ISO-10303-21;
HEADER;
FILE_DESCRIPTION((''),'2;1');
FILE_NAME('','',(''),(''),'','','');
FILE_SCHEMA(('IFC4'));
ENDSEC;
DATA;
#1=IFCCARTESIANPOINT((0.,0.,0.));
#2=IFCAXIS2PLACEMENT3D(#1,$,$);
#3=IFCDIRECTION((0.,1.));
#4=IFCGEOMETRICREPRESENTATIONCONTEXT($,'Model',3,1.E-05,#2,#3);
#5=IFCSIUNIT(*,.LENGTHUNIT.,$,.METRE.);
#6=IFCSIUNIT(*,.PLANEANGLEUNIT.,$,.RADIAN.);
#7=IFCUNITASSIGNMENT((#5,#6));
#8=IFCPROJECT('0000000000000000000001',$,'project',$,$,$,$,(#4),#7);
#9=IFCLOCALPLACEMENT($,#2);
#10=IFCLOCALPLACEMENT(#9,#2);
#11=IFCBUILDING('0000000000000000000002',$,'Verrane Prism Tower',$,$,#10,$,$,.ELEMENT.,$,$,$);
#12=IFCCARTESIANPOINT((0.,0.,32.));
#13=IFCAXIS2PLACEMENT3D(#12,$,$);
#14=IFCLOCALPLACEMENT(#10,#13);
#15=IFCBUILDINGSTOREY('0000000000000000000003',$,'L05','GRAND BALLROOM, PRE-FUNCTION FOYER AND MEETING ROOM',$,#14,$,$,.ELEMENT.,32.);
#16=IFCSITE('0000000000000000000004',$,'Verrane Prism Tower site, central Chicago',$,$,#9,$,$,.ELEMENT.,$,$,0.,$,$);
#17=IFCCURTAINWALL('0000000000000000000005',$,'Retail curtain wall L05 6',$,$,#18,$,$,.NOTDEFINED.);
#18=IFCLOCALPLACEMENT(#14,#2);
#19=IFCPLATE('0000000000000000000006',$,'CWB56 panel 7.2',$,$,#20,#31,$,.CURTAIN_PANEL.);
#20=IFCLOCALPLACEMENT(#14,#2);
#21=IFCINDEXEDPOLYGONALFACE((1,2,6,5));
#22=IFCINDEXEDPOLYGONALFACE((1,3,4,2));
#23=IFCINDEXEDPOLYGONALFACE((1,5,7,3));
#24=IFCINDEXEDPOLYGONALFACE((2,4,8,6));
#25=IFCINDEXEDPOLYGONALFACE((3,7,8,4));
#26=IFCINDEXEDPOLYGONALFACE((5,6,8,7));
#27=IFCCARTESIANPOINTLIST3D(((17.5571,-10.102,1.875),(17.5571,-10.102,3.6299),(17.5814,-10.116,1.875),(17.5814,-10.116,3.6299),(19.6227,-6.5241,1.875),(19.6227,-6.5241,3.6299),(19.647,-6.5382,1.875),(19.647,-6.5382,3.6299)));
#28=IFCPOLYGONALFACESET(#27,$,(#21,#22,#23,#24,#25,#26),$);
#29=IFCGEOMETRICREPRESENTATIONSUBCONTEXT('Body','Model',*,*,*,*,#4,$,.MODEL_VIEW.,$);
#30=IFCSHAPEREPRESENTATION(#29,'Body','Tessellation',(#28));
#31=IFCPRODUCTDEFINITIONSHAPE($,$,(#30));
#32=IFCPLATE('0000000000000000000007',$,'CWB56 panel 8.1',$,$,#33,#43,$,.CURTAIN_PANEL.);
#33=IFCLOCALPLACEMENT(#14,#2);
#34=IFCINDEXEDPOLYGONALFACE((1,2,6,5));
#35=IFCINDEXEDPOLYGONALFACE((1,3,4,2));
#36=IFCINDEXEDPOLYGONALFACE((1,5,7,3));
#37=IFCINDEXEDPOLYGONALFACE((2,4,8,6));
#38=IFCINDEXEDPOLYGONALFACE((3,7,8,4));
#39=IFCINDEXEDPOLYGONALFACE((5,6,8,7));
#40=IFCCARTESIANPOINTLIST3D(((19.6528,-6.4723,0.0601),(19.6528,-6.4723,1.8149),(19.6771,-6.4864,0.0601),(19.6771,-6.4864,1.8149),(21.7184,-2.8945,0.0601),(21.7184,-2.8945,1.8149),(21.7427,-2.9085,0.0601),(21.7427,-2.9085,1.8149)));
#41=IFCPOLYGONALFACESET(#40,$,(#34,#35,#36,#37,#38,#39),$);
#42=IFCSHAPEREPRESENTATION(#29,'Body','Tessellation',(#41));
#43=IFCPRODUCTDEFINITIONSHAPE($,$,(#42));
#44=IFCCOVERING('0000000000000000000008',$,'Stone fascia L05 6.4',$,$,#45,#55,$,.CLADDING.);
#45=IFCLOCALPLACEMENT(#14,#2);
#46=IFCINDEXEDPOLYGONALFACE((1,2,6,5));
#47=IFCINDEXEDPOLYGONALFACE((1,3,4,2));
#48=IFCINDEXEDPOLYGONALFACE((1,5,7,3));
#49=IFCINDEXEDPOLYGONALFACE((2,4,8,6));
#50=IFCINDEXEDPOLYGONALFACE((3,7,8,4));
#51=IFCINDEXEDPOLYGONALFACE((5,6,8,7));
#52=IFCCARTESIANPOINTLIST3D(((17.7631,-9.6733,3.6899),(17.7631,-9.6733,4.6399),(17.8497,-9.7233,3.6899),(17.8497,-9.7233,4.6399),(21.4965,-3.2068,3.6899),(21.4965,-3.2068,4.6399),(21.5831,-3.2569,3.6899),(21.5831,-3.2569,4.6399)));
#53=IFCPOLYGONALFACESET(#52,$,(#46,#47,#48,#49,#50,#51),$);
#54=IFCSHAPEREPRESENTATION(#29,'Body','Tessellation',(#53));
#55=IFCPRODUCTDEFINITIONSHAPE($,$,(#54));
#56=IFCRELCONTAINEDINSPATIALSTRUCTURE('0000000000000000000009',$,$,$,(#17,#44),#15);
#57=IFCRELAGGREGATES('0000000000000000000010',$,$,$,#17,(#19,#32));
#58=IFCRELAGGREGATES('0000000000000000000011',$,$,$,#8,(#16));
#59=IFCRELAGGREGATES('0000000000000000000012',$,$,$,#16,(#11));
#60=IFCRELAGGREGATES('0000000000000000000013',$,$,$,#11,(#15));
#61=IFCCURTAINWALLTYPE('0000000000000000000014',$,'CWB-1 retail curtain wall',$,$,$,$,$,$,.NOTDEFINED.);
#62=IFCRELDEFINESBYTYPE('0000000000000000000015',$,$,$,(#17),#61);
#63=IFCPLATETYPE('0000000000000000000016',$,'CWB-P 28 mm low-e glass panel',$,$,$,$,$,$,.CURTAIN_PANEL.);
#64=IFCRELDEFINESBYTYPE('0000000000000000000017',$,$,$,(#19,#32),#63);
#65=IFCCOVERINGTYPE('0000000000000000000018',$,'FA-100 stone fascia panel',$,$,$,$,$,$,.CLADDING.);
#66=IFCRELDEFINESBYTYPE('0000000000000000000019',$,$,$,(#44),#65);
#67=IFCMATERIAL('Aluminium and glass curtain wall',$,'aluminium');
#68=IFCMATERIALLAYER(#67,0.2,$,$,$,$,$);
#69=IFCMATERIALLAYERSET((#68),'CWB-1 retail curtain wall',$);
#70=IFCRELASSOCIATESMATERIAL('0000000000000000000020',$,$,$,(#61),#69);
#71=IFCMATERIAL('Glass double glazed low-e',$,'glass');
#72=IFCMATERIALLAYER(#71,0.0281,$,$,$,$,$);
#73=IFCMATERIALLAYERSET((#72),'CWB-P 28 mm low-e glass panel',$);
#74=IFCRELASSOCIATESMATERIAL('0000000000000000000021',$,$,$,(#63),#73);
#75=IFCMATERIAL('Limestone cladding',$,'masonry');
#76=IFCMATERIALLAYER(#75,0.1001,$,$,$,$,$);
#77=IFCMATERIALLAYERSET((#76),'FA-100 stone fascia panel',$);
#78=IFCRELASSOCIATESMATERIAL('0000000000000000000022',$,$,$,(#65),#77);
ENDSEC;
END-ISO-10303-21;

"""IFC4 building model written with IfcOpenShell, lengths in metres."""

from ifc_helpers import new_model, si_unit, direction, frame, origin, origin_2d, place, context, subcontext, project, spatial, rectangle, extrude, material, layer, layer_set, type_object, element, aggregate, save


model = new_model("IFC4")

# Units and contexts
model_context = context("Model", 3, precision=1e-05, world=origin(), true_north=direction((0.0, 1.0)))
body_context = subcontext(model_context, "Body", "Model", "MODEL_VIEW")
ifc_project = project(units=[si_unit("LENGTHUNIT", "METRE"), si_unit("PLANEANGLEUNIT", "RADIAN")], contexts=[model_context])

# Site, building, storey
site_placement = place(None, origin())
site = spatial("IfcSite", under=ifc_project, at=site_placement, Name="Verrane Prism Tower site, central Chicago", CompositionType="ELEMENT", RefElevation=0.0)
building_placement = place(site_placement, origin())
building = spatial("IfcBuilding", under=site, at=building_placement, Name="Verrane Prism Tower", CompositionType="ELEMENT")
storey_placement = place(building_placement, frame((0.0, 0.0, 32.0)))
storey = spatial("IfcBuildingStorey", under=building, at=storey_placement, Name="L05", Description="GRAND BALLROOM, PRE-FUNCTION FOYER AND MEETING ROOM", CompositionType="ELEMENT", Elevation=32.0)

# Curtain wall
ifc_material_1 = material(Name="Aluminium and glass curtain wall", Category="aluminium")
ifc_layer_1 = layer(ifc_material_1, 0.2)
ifc_layer_set_1 = layer_set([ifc_layer_1], Name="CWB-1 retail curtain wall")
curtain_wall_type = type_object("IfcCurtainWallType", Name="CWB-1 retail curtain wall", PredefinedType="NOTDEFINED", material=ifc_layer_set_1)
curtain_wall_placement = place(storey_placement, origin())
curtain_wall = element("IfcCurtainWall", 1, at=curtain_wall_placement, inside=storey, type_object=curtain_wall_type, Name="Retail curtain wall L05 6", PredefinedType="NOTDEFINED")

# Plates
ifc_material_2 = material(Name="Glass double glazed low-e", Category="glass")
ifc_layer_2 = layer(ifc_material_2, 0.0281)
ifc_layer_set_2 = layer_set([ifc_layer_2], Name="CWB-P 28 mm low-e glass panel")
plate_type = type_object("IfcPlateType", Name="CWB-P 28 mm low-e glass panel", PredefinedType="CURTAIN_PANEL", material=ifc_layer_set_2)
plate_1_placement = place(storey_placement, frame((18.6021, -8.3201, 1.875), z_axis=(0.0, 0.0, 1.0), x_axis=(0.5, 0.866025, 0.0)))
plate_1 = element("IfcPlate", 2, at=plate_1_placement, type_object=plate_type, Name="CWB56 panel 7.2", PredefinedType="CURTAIN_PANEL", context=body_context, shape_type="SweptSolid", body=[
    extrude(rectangle(XDim=4.1313, YDim=0.0281, at=origin_2d()), origin(), (0.0, 0.0, 1.0), 1.7549),
])
plate_2_placement = place(storey_placement, frame((20.6978, -4.6904, 0.0601), z_axis=(0.0, 0.0, 1.0), x_axis=(0.5, 0.866025, 0.0)))
plate_2 = element("IfcPlate", 3, at=plate_2_placement, type_object=plate_type, Name="CWB56 panel 8.1", PredefinedType="CURTAIN_PANEL", context=body_context, shape_type="SweptSolid", body=[
    extrude(rectangle(XDim=4.1313, YDim=0.0281, at=origin_2d()), origin(), (0.0, 0.0, 1.0), 1.7549),
])
aggregate(curtain_wall, [plate_1, plate_2])

# Covering
ifc_material_3 = material(Name="Limestone cladding", Category="masonry")
ifc_layer_3 = layer(ifc_material_3, 0.1001)
ifc_layer_set_3 = layer_set([ifc_layer_3], Name="FA-100 stone fascia panel")
covering_type = type_object("IfcCoveringType", Name="FA-100 stone fascia panel", PredefinedType="CLADDING", material=ifc_layer_set_3)
covering_placement = place(storey_placement, frame((19.6731, -6.4651, 3.6899), z_axis=(0.0, 0.0, 1.0), x_axis=(0.5, 0.866025, 0.0)))
element("IfcCovering", 4, at=covering_placement, inside=storey, type_object=covering_type, Name="Stone fascia L05 6.4", PredefinedType="CLADDING", context=body_context, shape_type="SweptSolid", body=[
    extrude(rectangle(XDim=7.4668, YDim=0.1001, at=origin_2d()), origin(), (0.0, 0.0, 1.0), 0.95),
])

save(model, "model.ifc")
